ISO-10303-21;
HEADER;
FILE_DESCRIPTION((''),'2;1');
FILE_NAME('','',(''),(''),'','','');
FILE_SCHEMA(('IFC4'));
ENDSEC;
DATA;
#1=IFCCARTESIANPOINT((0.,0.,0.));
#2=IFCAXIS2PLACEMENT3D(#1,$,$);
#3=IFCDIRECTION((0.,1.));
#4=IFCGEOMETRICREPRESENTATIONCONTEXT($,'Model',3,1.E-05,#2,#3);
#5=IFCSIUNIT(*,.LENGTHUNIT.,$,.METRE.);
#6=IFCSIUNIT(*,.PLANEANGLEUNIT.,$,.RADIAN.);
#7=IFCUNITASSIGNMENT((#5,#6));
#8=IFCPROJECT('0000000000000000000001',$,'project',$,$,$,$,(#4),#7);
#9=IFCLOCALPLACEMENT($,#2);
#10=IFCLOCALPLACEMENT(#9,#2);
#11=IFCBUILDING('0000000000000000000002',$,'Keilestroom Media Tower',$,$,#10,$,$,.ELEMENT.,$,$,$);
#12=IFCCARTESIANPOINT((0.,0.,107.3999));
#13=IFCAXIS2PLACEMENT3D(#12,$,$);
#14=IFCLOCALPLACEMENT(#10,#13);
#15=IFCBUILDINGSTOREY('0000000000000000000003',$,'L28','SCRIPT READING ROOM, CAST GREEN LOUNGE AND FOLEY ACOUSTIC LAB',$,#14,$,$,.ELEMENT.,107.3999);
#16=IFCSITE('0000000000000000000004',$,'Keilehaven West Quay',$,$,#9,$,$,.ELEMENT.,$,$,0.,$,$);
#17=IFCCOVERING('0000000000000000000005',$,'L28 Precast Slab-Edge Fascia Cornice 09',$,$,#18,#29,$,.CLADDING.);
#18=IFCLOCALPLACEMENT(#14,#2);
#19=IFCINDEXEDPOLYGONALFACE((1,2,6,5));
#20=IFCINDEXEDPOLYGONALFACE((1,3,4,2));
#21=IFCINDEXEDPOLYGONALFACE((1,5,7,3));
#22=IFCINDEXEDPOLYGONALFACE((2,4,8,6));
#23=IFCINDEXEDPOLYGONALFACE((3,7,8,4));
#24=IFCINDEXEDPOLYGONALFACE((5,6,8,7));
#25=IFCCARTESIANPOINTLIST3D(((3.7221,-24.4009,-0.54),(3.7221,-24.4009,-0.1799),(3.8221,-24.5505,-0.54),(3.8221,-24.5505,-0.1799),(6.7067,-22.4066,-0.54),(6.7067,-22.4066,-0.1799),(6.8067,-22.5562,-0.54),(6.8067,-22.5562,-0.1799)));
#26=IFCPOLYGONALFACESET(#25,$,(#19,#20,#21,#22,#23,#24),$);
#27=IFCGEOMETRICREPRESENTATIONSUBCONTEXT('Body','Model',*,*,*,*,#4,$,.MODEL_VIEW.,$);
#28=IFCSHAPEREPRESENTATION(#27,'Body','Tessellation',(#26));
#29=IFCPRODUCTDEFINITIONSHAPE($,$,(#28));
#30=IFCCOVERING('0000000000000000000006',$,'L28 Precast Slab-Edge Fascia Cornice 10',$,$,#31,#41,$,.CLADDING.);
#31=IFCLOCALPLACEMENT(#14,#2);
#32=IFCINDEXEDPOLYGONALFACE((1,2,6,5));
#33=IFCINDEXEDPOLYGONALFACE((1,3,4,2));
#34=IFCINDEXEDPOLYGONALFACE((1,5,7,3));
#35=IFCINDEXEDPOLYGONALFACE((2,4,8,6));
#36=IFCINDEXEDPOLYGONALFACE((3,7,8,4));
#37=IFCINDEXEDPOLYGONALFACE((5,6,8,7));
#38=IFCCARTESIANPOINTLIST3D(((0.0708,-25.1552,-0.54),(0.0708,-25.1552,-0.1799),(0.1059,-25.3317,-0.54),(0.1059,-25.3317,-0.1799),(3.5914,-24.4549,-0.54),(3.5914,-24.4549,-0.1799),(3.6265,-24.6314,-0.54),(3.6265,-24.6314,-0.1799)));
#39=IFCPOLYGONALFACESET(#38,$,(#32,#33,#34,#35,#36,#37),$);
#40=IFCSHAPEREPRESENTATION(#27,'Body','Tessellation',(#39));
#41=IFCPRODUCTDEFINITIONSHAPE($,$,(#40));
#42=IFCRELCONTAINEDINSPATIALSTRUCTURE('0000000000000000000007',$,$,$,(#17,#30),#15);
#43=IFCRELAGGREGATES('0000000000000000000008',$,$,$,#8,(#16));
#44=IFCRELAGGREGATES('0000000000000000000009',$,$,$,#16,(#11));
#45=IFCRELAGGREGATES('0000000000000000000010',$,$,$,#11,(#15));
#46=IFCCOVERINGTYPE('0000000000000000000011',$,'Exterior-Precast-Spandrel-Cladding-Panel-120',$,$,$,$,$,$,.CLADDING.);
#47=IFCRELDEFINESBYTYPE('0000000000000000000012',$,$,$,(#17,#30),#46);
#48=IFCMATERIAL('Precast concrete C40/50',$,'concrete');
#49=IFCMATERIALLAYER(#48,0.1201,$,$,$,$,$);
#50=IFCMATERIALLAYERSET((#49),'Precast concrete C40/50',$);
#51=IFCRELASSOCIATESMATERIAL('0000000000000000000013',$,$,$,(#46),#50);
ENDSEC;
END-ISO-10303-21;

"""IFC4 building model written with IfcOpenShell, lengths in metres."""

from ifc_helpers import new_model, si_unit, direction, frame, origin, origin_2d, place, context, subcontext, project, spatial, rectangle, extrude, source, transform, mapped, material, layer, layer_set, type_object, element, save


model = new_model("IFC4")

# Units and contexts
model_context = context("Model", 3, precision=1e-05, world=origin(), true_north=direction((0.0, 1.0)))
body_context = subcontext(model_context, "Body", "Model", "MODEL_VIEW")
ifc_project = project(units=[si_unit("LENGTHUNIT", "METRE"), si_unit("PLANEANGLEUNIT", "RADIAN")], contexts=[model_context])

# Site, building, storey
site_placement = place(None, origin())
site = spatial("IfcSite", under=ifc_project, at=site_placement, Name="Keilehaven West Quay", CompositionType="ELEMENT", RefElevation=0.0)
building_placement = place(site_placement, origin())
building = spatial("IfcBuilding", under=site, at=building_placement, Name="Keilestroom Media Tower", CompositionType="ELEMENT")
storey_placement = place(building_placement, frame((0.0, 0.0, 107.3999)))
storey = spatial("IfcBuildingStorey", under=building, at=storey_placement, Name="L28", Description="SCRIPT READING ROOM, CAST GREEN LOUNGE AND FOLEY ACOUSTIC LAB", CompositionType="ELEMENT", Elevation=107.3999)

# Shared definitions
ifc_material_1 = material(Name="Precast concrete C40/50", Category="concrete")

# Coverings
ifc_layer_1 = layer(ifc_material_1, 0.1201)
ifc_layer_set_1 = layer_set([ifc_layer_1], Name="Precast concrete C40/50")
covering_type = type_object("IfcCoveringType", Name="Exterior-Precast-Spandrel-Cladding-Panel-120", PredefinedType="CLADDING", material=ifc_layer_set_1)
shared_shape_1 = source(origin(), body_context, "Body", "SweptSolid", [
    extrude(rectangle(XDim=3.5896, YDim=0.1799, at=origin_2d()), origin(), (0.0, 0.0, 1.0), 0.3601),
])
for number, where, z_axis, x_axis, name in (
    (1, (5.2644, -23.4785, -0.54), (0.0, 0.0, 1.0), (-0.831467, -0.555575, 0.0), "L28 Precast Slab-Edge Fascia Cornice 09"),
    (2, (1.8486, -24.8933, -0.54), (0.0, 0.0, 1.0), (-0.980784, -0.195099, 0.0), "L28 Precast Slab-Edge Fascia Cornice 10"),
):
    element("IfcCovering", number, at=place(storey_placement, frame(where, z_axis=z_axis, x_axis=x_axis)), inside=storey, type_object=covering_type, Name=name, PredefinedType="CLADDING", context=body_context, shape_type="MappedRepresentation", body=[
        mapped(shared_shape_1, transform((0.0, 0.0, 0.0), x_axis=(1.0, 0.0, 0.0), y_axis=(0.0, 1.0, 0.0), z_axis=(0.0, 0.0, 1.0), scale=1.0)),
    ])

save(model, "model.ifc")
